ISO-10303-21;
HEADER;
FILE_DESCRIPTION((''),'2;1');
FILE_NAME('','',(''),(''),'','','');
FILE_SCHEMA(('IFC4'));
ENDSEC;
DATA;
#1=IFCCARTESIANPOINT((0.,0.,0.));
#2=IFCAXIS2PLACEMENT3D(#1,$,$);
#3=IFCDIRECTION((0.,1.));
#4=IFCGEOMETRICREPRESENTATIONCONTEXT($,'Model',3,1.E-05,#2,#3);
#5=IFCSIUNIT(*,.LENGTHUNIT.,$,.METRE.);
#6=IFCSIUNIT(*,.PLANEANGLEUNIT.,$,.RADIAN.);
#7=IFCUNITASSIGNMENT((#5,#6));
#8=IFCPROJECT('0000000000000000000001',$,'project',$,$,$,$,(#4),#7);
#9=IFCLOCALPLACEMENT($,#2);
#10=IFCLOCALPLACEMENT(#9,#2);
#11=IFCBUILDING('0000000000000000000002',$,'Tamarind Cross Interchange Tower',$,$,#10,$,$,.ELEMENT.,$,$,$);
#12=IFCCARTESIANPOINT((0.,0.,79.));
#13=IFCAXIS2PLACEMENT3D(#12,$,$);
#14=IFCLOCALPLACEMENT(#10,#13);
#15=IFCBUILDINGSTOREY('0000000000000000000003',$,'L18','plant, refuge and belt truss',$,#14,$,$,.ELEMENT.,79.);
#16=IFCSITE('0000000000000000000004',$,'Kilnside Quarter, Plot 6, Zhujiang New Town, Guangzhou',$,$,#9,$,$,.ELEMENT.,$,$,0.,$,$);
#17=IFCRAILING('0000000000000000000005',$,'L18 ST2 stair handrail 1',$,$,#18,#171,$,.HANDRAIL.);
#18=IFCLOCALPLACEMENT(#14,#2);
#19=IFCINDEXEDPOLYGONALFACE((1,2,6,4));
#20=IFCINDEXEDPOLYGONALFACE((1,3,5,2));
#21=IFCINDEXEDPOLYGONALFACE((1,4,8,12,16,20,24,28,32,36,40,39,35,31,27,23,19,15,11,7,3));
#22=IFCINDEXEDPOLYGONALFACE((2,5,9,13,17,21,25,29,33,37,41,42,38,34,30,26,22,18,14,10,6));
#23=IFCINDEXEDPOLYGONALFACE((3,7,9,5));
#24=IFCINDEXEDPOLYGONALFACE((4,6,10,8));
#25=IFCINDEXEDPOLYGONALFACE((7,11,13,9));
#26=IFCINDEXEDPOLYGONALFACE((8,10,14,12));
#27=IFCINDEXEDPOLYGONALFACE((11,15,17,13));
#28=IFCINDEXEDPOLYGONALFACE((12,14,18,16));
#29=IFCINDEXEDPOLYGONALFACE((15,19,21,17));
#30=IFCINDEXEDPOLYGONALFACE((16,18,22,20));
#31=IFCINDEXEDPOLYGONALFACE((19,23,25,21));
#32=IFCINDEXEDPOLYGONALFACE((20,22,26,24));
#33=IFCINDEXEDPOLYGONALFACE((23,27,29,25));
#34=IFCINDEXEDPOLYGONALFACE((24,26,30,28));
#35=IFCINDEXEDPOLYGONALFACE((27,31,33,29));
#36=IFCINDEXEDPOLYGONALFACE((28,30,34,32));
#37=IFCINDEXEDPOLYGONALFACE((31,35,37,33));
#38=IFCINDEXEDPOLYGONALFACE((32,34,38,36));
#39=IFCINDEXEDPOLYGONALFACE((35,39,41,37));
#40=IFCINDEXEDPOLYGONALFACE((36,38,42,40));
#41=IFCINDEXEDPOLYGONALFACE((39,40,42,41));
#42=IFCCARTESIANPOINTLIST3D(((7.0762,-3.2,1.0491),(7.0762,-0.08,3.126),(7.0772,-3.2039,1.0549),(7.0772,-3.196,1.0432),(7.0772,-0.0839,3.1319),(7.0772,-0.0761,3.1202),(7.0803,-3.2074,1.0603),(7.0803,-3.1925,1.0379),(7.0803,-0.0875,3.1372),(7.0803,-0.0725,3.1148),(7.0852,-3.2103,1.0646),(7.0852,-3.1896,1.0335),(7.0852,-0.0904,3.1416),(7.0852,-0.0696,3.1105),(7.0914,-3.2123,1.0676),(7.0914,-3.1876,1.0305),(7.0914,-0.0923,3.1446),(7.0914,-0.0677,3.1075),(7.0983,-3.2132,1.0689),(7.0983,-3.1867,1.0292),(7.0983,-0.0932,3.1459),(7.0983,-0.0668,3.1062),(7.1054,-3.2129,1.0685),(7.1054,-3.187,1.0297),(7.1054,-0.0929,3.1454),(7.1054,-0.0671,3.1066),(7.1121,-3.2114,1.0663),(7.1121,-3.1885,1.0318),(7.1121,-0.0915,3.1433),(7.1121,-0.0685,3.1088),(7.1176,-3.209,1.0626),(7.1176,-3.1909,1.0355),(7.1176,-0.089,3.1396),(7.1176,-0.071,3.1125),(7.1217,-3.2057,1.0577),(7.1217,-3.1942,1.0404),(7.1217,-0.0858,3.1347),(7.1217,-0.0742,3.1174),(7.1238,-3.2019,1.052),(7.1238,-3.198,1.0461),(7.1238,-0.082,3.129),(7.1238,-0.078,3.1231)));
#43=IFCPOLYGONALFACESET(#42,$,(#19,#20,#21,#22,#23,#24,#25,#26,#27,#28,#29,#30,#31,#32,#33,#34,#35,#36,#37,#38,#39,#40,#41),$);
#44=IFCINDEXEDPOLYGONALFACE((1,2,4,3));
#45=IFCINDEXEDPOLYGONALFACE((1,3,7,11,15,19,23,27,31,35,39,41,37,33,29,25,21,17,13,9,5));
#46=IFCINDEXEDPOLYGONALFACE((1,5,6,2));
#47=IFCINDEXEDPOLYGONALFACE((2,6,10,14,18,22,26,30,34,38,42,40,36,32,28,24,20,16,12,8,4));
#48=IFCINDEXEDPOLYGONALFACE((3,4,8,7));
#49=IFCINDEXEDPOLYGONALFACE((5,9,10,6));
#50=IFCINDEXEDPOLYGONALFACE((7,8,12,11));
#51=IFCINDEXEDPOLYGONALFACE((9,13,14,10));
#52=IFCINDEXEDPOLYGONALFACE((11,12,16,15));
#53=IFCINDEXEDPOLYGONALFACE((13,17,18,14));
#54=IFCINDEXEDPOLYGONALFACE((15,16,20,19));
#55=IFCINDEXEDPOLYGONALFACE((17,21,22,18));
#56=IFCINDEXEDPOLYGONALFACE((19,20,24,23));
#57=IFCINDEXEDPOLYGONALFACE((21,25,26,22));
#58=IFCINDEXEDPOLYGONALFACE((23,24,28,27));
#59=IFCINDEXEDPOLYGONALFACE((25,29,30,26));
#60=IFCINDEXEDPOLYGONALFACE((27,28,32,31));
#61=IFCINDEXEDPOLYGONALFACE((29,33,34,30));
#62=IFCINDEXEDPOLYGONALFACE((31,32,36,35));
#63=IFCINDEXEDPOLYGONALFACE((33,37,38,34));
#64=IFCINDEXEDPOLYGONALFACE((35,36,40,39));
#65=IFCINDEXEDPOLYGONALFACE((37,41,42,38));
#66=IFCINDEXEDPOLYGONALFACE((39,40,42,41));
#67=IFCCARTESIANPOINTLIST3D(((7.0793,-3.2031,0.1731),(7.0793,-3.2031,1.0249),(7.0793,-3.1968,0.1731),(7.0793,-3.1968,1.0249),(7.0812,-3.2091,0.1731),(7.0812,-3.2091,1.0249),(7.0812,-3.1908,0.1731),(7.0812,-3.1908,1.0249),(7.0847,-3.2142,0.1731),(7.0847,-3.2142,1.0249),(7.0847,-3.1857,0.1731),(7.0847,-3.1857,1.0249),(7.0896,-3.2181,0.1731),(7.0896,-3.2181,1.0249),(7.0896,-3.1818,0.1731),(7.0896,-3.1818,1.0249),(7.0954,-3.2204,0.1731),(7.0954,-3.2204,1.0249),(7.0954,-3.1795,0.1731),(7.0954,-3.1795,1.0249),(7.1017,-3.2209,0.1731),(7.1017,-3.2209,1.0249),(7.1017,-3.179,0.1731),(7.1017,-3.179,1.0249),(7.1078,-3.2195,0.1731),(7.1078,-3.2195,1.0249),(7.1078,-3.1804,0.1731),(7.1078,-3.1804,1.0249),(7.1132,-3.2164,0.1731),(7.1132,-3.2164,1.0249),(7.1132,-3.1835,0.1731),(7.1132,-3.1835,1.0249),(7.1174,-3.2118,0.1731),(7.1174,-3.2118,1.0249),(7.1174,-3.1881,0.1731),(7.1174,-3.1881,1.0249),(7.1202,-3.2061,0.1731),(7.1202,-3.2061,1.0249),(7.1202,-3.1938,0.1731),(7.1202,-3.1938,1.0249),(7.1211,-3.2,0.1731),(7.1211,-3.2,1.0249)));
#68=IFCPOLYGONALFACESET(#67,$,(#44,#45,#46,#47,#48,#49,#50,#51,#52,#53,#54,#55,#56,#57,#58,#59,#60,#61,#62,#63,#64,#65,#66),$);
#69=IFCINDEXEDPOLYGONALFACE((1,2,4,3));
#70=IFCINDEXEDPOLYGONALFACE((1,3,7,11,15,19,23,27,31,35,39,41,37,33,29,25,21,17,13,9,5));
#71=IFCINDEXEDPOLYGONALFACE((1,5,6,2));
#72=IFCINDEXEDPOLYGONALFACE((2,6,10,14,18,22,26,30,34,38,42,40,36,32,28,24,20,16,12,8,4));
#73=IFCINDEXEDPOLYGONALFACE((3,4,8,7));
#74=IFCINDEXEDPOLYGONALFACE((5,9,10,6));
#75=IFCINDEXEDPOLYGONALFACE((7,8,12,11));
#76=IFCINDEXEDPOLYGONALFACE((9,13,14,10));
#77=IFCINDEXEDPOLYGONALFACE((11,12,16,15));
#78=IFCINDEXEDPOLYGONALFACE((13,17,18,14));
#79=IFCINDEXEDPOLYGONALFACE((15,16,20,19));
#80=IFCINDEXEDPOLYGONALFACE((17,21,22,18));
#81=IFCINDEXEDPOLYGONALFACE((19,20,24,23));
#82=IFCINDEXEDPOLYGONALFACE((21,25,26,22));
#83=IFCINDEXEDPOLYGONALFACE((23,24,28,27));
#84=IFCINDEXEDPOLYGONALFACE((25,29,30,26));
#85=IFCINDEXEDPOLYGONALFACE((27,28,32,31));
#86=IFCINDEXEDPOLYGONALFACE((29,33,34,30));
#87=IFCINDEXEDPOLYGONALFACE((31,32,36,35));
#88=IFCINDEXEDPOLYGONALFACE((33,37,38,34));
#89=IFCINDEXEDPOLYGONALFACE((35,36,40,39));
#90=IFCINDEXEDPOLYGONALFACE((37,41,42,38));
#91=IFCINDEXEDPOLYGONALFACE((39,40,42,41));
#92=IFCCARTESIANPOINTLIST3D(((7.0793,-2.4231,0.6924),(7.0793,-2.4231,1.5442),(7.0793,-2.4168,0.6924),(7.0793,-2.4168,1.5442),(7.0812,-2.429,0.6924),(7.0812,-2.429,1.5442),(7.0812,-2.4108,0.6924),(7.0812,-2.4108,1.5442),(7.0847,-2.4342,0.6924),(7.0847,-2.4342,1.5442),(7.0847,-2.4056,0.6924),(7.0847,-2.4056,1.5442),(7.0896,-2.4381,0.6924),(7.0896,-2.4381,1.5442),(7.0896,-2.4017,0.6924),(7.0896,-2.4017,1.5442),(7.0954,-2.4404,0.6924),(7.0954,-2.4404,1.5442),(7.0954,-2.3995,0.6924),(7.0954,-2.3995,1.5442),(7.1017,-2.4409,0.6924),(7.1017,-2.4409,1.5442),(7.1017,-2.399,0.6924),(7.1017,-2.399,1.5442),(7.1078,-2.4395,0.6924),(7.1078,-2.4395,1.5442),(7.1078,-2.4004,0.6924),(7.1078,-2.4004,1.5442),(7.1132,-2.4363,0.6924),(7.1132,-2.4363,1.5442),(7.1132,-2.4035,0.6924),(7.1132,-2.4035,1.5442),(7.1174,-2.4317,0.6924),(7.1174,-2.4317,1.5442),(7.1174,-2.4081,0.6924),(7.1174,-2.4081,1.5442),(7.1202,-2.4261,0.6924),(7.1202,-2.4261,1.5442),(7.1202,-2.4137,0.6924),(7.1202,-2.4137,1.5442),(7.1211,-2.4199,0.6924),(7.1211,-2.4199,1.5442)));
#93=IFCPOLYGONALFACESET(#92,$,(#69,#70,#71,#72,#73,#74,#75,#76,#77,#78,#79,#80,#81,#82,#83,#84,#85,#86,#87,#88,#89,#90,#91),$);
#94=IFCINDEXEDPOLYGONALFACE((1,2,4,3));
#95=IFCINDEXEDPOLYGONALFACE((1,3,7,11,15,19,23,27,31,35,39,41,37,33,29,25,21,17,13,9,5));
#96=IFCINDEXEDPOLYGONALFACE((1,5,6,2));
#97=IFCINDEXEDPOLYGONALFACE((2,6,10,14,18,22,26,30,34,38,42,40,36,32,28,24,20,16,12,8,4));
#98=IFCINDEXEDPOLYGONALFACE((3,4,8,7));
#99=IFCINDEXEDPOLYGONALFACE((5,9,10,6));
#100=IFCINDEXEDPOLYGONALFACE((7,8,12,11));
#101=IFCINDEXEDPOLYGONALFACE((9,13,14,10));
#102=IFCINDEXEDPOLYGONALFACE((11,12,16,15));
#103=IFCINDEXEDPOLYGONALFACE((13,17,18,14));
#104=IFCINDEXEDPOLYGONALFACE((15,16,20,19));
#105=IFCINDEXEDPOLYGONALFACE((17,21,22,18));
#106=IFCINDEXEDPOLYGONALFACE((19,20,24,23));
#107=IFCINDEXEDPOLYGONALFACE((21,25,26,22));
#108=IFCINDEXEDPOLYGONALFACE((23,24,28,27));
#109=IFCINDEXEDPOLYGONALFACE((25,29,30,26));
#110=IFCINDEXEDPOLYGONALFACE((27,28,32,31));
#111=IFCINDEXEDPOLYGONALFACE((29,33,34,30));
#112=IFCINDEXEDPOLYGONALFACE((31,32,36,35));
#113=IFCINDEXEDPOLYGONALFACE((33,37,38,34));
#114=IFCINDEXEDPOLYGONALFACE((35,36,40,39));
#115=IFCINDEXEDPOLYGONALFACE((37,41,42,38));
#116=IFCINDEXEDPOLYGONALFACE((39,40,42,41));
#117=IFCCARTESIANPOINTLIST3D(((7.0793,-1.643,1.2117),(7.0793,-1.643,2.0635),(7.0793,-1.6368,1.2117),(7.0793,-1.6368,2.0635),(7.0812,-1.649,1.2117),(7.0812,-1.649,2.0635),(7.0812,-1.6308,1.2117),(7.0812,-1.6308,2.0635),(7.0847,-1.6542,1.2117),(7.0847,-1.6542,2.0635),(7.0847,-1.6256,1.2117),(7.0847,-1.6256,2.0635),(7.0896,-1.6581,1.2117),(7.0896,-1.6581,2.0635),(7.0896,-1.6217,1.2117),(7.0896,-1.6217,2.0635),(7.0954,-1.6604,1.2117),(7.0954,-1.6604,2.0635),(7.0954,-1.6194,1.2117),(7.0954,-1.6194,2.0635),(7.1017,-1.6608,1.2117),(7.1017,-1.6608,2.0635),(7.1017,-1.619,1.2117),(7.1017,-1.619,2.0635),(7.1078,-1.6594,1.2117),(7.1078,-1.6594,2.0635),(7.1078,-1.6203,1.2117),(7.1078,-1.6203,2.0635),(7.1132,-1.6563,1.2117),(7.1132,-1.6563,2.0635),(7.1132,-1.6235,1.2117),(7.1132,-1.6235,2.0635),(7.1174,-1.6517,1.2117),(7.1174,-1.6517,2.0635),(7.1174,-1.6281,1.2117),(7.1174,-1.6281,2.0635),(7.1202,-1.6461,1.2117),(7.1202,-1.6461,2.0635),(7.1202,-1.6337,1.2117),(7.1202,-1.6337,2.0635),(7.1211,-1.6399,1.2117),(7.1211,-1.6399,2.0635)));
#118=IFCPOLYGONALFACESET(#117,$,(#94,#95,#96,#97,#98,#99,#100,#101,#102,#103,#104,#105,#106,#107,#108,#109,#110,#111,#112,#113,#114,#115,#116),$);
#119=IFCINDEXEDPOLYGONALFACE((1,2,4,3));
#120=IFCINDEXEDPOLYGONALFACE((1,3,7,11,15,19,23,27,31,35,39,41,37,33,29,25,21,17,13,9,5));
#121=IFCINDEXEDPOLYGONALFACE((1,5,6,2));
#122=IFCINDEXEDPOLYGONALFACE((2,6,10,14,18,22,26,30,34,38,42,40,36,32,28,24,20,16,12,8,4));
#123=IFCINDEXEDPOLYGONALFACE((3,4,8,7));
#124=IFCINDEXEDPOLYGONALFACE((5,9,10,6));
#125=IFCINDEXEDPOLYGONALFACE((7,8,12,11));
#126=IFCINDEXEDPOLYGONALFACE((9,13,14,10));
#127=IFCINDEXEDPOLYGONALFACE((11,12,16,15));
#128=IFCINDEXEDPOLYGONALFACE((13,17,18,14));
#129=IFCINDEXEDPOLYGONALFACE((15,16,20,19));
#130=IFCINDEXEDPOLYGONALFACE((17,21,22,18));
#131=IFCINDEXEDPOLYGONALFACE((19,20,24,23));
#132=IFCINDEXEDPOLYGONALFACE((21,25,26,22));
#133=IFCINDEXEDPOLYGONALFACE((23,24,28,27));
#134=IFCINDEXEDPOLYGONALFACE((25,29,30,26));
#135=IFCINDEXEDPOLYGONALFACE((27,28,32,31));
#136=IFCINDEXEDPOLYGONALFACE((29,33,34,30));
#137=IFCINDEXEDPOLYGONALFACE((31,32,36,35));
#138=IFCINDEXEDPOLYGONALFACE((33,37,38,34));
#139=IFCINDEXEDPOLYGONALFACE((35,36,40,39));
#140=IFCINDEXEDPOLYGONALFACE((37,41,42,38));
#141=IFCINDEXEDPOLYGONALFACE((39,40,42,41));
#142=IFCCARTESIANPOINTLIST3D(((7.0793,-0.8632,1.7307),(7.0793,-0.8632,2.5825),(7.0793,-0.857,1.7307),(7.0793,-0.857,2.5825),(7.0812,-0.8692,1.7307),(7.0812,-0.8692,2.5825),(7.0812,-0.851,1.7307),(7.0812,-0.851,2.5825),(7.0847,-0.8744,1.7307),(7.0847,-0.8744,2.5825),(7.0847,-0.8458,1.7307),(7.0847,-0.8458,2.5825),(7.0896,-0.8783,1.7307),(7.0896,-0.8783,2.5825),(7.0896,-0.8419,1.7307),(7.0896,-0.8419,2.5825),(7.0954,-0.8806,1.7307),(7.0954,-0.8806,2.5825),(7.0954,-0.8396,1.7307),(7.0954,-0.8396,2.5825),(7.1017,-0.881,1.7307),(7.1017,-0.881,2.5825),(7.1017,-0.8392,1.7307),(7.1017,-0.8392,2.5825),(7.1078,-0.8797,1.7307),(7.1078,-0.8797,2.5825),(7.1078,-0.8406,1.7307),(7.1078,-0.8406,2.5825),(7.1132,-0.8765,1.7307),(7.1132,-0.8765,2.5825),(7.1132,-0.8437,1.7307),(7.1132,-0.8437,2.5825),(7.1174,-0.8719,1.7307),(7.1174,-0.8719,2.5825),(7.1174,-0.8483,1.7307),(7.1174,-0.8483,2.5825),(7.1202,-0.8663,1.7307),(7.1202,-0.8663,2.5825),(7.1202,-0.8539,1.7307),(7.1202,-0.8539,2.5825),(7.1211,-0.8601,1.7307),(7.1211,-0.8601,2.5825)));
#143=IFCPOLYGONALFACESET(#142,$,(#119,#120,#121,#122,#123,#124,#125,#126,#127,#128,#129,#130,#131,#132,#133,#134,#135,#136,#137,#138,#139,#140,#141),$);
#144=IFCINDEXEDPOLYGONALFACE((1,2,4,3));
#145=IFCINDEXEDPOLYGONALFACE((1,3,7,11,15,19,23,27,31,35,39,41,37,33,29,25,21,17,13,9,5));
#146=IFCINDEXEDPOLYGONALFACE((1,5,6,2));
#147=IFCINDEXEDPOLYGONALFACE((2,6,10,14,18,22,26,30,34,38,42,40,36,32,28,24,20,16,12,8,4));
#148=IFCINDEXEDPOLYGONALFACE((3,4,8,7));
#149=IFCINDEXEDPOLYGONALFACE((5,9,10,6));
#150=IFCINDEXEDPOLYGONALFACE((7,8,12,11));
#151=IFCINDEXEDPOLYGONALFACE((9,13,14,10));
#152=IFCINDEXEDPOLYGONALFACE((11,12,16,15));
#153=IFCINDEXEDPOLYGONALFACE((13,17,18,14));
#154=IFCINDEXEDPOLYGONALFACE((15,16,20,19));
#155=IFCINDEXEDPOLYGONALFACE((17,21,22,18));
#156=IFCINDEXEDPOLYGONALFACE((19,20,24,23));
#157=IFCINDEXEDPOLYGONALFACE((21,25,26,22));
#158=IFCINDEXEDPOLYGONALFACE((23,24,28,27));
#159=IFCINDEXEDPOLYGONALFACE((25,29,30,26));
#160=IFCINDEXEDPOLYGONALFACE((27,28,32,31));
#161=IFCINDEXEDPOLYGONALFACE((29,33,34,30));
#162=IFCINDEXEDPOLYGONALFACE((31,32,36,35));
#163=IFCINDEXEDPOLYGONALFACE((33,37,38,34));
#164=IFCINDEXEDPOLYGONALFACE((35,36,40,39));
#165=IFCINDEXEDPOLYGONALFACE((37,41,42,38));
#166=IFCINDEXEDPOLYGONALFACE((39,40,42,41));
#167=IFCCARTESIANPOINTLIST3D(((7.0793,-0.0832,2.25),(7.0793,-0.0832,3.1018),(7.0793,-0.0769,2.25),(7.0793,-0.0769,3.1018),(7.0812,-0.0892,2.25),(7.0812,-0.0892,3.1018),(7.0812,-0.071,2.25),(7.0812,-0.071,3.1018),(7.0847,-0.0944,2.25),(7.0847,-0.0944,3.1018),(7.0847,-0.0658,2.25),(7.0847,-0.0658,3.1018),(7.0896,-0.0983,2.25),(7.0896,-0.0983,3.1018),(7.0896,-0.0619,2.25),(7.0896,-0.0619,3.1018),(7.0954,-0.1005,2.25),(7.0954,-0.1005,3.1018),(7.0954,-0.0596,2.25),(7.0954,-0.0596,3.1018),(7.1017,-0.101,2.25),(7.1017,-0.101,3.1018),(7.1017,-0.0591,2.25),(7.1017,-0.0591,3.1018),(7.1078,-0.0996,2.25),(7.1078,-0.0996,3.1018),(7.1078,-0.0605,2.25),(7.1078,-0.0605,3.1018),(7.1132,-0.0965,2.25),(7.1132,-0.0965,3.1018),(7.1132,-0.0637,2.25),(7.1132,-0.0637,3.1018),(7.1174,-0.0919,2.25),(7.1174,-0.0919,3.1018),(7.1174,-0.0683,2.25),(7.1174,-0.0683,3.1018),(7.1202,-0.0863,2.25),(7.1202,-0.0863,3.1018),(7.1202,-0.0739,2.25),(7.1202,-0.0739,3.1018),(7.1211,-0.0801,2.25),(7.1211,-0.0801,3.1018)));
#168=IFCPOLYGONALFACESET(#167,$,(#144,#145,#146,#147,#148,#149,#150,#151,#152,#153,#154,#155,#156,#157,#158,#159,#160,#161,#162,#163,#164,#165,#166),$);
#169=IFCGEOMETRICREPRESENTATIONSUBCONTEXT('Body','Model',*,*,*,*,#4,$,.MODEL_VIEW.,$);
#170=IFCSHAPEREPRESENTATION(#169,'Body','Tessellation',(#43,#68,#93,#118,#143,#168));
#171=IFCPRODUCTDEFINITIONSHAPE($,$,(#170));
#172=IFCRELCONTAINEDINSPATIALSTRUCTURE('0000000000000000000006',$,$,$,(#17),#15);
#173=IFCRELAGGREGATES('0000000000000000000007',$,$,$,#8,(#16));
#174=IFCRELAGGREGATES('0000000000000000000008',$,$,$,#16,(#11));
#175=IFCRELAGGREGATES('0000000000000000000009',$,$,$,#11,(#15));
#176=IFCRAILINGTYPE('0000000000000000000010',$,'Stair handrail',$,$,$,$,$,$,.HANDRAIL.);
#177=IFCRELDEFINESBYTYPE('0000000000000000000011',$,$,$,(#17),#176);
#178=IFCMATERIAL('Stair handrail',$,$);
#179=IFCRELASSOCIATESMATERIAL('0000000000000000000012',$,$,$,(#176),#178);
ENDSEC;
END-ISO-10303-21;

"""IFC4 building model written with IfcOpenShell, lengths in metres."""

from ifc_helpers import new_model, si_unit, direction, frame, origin, origin_2d, place, context, subcontext, project, spatial, circle, extrude, material, type_object, element, save


model = new_model("IFC4")

# Units and contexts
model_context = context("Model", 3, precision=1e-05, world=origin(), true_north=direction((0.0, 1.0)))
body_context = subcontext(model_context, "Body", "Model", "MODEL_VIEW")
ifc_project = project(units=[si_unit("LENGTHUNIT", "METRE"), si_unit("PLANEANGLEUNIT", "RADIAN")], contexts=[model_context])

# Site, building, storey
site_placement = place(None, origin())
site = spatial("IfcSite", under=ifc_project, at=site_placement, Name="Kilnside Quarter, Plot 6, Zhujiang New Town, Guangzhou", CompositionType="ELEMENT", RefElevation=0.0)
building_placement = place(site_placement, origin())
building = spatial("IfcBuilding", under=site, at=building_placement, Name="Tamarind Cross Interchange Tower", CompositionType="ELEMENT")
storey_placement = place(building_placement, frame((0.0, 0.0, 79.0)))
storey = spatial("IfcBuildingStorey", under=building, at=storey_placement, Name="L18", Description="plant, refuge and belt truss", CompositionType="ELEMENT", Elevation=79.0)

# Railing
ifc_material_1 = material(Name="Stair handrail")
railing_type_1 = type_object("IfcRailingType", Name="Stair handrail", PredefinedType="HANDRAIL", material=ifc_material_1)
railing_1_placement = place(storey_placement, frame((7.1001, -3.2, 0.1731)))
element("IfcRailing", 1, at=railing_1_placement, inside=storey, type_object=railing_type_1, Name="L18 ST2 stair handrail 1", PredefinedType="HANDRAIL", context=body_context, shape_type="SweptSolid", body=[
    extrude(circle(Radius=0.0239, at=origin_2d()), frame((0.0, 0.0, 0.876), z_axis=(0.0, 0.832421, 0.554144), x_axis=(-1.0, 0.0, 0.0)), (0.0, 0.0, 1.0), 3.748),
    extrude(circle(Radius=0.021, at=origin_2d()), origin(), (0.0, 0.0, 1.0), 0.8518),
    extrude(circle(Radius=0.021, at=origin_2d()), frame((0.0, 0.78, 0.5193)), (0.0, 0.0, 1.0), 0.8518),
    extrude(circle(Radius=0.021, at=origin_2d()), frame((0.0, 1.5601, 1.0386)), (0.0, 0.0, 1.0), 0.8518),
    extrude(circle(Radius=0.021, at=origin_2d()), frame((0.0, 2.3398, 1.5576)), (0.0, 0.0, 1.0), 0.8518),
    extrude(circle(Radius=0.021, at=origin_2d()), frame((0.0, 3.1199, 2.0769)), (0.0, 0.0, 1.0), 0.8518),
])

save(model, "model.ifc")
